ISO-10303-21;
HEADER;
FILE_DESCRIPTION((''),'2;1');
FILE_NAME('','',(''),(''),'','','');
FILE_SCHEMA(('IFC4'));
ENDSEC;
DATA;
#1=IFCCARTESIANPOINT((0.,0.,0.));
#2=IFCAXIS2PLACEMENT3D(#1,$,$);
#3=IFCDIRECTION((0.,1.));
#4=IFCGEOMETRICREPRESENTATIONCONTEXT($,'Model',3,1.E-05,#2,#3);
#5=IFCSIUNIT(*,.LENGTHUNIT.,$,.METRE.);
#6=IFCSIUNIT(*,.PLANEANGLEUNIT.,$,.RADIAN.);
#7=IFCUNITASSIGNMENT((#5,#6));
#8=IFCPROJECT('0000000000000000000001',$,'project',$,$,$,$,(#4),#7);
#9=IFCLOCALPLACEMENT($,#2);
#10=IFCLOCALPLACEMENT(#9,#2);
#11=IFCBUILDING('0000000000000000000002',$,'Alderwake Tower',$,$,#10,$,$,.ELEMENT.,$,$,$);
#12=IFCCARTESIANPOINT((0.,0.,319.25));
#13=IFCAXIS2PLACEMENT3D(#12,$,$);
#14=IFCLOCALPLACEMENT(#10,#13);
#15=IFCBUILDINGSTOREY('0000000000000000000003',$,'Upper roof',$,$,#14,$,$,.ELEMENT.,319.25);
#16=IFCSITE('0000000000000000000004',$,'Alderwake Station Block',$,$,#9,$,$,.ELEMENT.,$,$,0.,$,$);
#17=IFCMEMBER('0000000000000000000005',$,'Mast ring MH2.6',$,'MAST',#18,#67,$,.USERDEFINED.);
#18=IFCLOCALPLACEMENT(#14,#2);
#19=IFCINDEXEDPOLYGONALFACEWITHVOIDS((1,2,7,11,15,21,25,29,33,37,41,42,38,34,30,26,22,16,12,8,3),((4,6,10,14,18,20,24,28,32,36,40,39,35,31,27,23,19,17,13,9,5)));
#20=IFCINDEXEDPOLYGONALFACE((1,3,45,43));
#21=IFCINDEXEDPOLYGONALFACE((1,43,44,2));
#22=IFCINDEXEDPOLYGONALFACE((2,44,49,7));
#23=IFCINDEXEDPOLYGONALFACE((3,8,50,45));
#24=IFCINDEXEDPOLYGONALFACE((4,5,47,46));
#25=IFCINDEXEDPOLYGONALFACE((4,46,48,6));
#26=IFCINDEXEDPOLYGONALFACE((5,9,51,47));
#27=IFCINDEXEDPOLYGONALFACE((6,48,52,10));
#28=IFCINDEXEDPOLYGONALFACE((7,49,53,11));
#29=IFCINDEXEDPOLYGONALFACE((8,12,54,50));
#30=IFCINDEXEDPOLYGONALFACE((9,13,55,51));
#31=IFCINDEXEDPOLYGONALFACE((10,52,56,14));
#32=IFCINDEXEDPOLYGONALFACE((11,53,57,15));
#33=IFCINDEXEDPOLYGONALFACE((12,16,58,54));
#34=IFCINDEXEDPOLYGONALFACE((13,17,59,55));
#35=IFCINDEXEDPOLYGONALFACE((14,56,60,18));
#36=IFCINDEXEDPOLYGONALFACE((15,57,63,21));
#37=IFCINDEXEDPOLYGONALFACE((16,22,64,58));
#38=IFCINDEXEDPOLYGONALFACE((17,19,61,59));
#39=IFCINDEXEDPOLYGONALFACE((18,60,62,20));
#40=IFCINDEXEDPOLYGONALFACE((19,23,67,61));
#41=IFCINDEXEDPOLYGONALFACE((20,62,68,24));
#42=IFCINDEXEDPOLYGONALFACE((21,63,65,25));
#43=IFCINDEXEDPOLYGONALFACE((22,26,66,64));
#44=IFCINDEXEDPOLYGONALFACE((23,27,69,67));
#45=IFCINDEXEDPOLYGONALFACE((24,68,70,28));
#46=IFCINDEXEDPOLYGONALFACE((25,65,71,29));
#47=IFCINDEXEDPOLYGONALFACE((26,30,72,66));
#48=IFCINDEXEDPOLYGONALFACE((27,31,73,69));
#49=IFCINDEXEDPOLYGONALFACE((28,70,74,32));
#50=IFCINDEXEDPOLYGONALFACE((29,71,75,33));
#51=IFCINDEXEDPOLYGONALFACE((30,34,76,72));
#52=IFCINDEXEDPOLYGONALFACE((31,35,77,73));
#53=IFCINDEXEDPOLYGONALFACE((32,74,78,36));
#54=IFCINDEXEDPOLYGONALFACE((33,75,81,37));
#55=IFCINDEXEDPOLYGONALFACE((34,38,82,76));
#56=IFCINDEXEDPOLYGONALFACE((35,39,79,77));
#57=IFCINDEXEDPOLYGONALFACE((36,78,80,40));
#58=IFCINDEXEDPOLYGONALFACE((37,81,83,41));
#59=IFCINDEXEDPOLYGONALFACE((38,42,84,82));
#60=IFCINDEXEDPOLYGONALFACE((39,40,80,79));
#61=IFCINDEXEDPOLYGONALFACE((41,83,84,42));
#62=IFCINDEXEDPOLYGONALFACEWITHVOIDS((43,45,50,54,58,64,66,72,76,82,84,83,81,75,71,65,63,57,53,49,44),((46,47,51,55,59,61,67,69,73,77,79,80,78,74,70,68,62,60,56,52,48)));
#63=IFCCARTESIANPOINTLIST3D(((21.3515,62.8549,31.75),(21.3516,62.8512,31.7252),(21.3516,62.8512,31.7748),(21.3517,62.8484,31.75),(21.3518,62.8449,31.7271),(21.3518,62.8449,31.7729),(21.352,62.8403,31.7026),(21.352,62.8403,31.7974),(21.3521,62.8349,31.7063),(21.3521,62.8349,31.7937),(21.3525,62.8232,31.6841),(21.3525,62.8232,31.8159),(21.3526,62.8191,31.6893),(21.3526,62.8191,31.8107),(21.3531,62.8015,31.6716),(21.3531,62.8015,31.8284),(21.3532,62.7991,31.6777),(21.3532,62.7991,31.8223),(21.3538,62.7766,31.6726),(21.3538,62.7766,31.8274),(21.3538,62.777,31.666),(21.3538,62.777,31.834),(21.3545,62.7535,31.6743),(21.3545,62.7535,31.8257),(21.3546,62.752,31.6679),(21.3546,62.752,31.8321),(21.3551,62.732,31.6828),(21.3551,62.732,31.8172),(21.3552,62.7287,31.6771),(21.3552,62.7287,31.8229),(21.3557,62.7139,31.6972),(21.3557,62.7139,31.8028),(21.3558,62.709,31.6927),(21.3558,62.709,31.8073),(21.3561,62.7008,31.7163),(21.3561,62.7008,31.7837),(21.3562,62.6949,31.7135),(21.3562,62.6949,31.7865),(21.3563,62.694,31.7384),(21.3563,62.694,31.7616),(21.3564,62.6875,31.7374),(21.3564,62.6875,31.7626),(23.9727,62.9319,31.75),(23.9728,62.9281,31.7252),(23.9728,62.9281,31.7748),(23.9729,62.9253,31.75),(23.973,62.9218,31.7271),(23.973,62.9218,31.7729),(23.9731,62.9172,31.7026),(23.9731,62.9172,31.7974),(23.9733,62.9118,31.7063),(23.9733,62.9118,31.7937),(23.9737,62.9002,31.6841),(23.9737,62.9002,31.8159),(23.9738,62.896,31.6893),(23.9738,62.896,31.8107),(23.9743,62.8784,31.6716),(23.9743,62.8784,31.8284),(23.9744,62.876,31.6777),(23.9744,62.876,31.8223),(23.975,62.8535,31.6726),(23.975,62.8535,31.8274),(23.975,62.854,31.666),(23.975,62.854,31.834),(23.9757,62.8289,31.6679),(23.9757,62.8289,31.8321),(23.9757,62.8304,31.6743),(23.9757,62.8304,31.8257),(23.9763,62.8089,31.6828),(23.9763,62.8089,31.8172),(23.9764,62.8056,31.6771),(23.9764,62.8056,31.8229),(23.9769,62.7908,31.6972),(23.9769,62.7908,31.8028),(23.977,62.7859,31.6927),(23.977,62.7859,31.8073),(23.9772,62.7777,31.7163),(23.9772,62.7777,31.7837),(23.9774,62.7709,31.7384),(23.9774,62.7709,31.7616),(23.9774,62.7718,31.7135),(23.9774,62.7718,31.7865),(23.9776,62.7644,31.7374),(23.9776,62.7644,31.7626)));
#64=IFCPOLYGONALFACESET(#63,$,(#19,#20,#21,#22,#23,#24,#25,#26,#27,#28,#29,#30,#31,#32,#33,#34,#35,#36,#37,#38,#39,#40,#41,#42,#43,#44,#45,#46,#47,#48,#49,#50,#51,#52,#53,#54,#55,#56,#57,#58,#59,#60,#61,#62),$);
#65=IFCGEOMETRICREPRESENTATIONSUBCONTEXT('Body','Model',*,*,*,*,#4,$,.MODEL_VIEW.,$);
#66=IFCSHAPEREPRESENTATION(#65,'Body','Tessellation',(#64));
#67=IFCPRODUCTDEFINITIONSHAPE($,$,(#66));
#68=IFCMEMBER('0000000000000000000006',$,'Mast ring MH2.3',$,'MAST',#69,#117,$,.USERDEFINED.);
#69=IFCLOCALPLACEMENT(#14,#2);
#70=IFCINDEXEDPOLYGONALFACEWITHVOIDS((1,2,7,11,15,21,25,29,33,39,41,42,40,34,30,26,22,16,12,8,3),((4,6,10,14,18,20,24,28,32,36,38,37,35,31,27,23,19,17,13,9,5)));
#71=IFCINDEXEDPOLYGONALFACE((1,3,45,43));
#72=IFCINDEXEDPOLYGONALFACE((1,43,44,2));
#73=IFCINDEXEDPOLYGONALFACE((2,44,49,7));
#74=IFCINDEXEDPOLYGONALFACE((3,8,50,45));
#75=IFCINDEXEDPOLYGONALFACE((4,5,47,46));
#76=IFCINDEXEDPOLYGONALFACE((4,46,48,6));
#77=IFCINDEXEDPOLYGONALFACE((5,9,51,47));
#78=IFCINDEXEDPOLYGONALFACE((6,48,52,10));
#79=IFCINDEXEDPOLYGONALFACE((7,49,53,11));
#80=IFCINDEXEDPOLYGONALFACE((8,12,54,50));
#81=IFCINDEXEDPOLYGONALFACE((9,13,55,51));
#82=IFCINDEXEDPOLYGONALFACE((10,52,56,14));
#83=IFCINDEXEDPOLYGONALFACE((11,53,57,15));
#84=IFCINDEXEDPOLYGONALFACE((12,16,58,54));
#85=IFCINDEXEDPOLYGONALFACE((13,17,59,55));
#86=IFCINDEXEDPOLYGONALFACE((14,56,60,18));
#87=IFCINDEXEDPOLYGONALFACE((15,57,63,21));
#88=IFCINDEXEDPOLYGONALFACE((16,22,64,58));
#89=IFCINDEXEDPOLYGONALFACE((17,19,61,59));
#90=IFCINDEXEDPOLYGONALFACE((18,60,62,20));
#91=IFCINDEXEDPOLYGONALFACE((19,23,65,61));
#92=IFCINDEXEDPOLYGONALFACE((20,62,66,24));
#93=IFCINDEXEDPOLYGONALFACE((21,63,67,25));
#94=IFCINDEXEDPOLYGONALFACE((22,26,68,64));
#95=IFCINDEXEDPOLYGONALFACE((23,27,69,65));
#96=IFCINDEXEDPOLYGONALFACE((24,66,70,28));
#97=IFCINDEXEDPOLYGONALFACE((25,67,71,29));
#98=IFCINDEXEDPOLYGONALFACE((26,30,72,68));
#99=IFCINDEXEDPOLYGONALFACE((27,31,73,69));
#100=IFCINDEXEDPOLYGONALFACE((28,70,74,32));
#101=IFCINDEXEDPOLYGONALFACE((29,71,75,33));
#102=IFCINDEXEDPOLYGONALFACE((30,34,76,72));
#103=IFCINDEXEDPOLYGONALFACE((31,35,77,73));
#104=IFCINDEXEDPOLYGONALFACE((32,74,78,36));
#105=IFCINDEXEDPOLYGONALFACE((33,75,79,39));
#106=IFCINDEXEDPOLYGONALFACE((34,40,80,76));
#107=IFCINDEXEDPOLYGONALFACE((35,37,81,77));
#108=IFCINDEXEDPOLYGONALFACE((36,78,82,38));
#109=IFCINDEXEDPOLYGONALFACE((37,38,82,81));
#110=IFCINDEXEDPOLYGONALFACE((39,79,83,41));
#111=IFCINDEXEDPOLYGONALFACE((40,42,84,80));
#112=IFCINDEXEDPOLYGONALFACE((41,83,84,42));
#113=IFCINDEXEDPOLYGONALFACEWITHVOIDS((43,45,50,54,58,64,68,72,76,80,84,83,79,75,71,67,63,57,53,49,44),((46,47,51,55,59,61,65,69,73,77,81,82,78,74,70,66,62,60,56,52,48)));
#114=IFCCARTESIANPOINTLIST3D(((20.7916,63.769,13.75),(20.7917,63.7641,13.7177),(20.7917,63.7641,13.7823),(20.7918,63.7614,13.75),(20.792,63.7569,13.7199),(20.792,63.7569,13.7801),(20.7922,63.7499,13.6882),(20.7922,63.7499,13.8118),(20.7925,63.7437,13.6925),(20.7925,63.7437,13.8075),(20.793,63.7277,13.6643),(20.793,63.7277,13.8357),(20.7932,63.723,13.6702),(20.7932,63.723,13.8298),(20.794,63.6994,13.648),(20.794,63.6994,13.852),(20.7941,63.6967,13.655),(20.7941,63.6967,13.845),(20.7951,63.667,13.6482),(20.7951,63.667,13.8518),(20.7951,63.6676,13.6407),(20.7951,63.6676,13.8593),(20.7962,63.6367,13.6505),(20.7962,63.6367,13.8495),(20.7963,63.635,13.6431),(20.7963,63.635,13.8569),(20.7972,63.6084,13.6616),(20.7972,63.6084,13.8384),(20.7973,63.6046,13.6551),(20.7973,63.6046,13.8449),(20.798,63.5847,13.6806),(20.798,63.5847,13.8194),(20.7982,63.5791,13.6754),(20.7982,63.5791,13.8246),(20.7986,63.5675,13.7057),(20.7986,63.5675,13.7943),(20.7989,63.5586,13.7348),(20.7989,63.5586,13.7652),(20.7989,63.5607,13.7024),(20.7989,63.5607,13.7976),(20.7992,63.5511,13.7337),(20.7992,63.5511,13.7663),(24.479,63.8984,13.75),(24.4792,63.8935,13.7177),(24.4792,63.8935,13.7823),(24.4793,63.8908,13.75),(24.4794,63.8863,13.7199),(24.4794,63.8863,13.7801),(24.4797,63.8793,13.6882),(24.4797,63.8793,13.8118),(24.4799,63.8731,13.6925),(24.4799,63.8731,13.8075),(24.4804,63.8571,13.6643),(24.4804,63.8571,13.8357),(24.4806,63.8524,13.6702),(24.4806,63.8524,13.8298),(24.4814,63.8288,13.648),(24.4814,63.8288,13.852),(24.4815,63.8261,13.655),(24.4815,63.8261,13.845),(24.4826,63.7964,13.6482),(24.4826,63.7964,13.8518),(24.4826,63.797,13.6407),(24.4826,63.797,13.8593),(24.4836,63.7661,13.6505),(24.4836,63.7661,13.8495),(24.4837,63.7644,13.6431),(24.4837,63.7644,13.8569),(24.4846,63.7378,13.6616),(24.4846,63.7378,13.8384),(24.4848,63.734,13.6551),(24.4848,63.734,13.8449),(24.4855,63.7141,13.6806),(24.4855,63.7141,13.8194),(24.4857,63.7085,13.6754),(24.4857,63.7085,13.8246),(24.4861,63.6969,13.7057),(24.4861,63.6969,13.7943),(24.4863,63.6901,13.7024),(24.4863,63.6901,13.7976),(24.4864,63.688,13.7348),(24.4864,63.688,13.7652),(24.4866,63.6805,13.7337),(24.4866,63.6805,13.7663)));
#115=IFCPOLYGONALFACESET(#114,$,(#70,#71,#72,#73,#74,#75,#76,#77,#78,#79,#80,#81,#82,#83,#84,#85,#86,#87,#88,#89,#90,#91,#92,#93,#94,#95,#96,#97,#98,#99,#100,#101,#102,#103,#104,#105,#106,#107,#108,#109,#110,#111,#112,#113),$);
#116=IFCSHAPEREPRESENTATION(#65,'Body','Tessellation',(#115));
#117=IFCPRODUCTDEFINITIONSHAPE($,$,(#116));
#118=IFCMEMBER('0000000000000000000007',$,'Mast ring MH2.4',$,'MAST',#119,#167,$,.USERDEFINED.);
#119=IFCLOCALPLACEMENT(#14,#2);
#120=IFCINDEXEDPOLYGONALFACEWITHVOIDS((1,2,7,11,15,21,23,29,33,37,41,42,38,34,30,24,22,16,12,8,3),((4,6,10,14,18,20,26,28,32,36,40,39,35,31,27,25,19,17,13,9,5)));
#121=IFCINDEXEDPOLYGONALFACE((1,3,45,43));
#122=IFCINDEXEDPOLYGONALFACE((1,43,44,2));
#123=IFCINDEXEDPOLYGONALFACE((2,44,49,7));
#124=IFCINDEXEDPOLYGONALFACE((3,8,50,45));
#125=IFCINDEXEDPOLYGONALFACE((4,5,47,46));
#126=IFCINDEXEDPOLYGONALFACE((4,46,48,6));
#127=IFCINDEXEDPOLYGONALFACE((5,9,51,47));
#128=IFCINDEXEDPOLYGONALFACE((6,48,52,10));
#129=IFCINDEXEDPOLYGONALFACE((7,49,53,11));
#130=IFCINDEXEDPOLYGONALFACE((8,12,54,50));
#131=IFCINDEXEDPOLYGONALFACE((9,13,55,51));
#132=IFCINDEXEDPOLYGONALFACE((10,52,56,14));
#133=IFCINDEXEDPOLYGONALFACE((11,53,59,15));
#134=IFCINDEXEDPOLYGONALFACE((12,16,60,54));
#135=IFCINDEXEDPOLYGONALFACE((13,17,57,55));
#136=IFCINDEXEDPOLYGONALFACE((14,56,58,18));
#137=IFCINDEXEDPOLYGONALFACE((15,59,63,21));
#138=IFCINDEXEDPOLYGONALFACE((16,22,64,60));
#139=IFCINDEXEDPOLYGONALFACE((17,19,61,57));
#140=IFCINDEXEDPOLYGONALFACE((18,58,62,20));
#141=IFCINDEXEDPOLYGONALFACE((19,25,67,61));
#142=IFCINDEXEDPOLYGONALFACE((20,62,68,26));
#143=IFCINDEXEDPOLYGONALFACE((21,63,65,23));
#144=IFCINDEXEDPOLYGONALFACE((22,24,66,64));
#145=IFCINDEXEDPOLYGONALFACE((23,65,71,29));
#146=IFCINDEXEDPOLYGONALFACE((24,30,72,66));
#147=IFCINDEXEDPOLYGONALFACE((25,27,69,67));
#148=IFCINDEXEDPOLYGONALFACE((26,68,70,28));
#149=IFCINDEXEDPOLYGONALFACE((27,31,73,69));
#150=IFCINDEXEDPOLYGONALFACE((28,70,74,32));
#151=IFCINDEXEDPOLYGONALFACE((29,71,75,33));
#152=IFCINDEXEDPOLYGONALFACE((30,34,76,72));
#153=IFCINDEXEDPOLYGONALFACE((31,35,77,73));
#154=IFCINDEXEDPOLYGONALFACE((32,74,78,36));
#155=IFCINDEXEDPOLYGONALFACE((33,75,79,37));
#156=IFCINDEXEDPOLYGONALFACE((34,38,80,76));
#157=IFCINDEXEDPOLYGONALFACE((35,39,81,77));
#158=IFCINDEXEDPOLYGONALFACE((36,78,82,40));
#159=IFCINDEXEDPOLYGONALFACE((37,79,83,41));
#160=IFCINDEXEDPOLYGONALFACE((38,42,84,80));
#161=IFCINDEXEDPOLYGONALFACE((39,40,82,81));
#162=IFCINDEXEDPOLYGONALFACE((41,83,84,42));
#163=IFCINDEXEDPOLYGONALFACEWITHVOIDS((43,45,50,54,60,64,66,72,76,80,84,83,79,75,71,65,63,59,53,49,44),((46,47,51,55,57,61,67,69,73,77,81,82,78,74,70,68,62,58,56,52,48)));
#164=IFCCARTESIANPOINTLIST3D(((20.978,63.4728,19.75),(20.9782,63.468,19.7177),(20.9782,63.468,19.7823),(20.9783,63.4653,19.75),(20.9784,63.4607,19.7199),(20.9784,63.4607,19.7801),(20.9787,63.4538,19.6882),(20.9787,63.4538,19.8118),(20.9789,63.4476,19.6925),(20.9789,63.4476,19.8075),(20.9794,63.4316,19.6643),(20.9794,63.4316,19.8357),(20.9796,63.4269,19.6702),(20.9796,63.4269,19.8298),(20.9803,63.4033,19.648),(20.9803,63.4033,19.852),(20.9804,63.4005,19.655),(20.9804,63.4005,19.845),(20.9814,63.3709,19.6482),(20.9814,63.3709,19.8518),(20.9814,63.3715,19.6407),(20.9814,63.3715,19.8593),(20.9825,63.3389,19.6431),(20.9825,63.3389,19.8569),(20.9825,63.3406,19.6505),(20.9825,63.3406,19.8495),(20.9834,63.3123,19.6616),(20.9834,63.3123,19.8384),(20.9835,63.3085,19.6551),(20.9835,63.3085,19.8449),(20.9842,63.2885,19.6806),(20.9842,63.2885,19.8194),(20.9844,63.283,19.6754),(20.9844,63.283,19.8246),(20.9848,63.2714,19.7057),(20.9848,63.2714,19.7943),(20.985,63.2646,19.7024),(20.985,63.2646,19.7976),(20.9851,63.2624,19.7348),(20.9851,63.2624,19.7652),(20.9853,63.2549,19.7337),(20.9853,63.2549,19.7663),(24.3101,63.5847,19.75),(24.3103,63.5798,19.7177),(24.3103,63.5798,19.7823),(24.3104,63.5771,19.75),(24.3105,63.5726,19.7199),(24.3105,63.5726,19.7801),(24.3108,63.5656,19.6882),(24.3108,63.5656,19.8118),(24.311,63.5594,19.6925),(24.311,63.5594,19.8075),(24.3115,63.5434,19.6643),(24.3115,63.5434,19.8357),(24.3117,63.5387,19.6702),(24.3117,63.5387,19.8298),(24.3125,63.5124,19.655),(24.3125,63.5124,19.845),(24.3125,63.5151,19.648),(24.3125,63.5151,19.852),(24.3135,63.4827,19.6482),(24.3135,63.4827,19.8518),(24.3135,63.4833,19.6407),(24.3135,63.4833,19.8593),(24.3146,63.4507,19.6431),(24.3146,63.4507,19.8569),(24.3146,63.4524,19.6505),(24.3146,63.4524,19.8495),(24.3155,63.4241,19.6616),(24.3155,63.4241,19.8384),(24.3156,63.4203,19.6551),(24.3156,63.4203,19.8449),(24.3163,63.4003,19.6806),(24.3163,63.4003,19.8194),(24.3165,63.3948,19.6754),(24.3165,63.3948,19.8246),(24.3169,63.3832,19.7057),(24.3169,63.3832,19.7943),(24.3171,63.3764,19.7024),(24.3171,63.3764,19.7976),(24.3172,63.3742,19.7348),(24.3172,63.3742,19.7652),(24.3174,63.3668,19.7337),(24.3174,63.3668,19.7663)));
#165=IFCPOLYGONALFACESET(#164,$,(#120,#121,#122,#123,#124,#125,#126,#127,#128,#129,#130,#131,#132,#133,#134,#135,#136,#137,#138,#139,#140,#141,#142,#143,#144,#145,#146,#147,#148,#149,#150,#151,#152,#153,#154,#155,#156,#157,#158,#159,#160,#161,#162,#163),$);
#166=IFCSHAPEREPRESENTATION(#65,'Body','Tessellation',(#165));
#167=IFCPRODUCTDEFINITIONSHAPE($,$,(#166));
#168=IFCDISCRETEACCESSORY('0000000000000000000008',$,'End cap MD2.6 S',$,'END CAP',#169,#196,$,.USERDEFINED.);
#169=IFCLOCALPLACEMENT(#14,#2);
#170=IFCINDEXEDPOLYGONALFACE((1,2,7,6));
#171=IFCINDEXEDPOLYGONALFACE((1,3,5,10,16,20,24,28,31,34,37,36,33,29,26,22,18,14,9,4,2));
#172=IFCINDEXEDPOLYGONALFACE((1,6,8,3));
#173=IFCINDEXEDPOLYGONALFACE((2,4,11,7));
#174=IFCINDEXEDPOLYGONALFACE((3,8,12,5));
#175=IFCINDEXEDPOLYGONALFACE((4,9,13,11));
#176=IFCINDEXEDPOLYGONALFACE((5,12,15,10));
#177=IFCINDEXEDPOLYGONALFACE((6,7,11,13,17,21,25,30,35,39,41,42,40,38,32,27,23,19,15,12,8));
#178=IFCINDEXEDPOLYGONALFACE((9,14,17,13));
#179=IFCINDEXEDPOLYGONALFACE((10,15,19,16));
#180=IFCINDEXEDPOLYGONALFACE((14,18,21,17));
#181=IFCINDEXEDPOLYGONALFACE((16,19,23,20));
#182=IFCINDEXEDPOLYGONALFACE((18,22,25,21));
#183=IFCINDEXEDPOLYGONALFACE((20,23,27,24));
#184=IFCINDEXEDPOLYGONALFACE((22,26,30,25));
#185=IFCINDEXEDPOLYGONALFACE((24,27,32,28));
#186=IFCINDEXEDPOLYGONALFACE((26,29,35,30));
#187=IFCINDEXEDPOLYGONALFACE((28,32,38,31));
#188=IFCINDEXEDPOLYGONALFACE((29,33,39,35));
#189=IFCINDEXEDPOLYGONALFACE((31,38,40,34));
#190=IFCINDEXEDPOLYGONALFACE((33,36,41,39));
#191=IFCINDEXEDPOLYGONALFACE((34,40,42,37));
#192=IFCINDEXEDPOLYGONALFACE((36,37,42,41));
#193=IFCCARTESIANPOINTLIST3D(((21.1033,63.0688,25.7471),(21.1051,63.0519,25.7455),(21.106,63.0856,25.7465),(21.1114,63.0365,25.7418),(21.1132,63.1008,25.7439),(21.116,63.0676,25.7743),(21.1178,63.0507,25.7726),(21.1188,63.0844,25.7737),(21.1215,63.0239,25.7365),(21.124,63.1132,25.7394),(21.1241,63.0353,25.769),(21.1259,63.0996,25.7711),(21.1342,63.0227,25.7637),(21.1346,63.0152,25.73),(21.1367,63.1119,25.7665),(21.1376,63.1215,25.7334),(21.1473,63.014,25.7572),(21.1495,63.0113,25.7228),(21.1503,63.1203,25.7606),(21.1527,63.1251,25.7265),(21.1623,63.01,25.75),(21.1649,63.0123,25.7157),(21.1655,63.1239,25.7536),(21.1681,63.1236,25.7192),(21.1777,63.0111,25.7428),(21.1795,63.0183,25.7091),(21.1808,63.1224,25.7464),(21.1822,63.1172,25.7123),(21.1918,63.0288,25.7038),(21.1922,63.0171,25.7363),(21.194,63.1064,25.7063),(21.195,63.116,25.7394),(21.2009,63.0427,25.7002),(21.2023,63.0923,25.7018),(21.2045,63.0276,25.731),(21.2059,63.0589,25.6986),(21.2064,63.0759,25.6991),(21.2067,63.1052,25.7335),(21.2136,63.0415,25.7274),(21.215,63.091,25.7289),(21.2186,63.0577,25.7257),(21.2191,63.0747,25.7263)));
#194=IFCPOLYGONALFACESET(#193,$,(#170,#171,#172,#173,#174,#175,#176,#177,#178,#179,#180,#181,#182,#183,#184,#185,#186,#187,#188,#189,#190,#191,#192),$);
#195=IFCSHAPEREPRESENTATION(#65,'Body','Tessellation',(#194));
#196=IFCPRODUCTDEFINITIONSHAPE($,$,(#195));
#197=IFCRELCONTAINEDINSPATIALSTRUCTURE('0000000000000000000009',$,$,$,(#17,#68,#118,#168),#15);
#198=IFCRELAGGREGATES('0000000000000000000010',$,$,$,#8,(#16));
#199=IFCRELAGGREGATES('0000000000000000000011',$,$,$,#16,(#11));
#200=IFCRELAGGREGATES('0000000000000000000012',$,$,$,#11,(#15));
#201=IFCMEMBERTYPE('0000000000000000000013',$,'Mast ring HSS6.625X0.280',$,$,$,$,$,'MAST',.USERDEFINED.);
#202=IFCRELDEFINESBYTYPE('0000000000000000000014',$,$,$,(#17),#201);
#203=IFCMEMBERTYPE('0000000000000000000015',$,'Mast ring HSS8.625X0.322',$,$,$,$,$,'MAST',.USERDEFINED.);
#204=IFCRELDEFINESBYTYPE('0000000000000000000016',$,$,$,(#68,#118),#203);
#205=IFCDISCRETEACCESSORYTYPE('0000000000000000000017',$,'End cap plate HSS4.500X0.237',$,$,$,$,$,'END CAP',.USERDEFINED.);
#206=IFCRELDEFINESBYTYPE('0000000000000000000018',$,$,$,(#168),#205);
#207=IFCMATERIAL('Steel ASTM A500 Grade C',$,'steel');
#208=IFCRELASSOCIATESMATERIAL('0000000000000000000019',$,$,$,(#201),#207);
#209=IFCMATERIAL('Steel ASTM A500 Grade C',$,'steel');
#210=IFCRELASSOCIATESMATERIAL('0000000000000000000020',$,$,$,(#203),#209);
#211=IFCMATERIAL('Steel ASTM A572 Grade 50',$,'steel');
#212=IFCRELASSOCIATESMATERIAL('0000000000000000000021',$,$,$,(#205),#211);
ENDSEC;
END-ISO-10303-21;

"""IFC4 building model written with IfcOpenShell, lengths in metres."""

from ifc_helpers import new_model, si_unit, direction, frame, origin, origin_2d, place, context, subcontext, project, spatial, circle, hollow_circle, extrude, material, material_profile, profile_set, type_object, element, save


model = new_model("IFC4")

# Units and contexts
model_context = context("Model", 3, precision=1e-05, world=origin(), true_north=direction((0.0, 1.0)))
body_context = subcontext(model_context, "Body", "Model", "MODEL_VIEW")
ifc_project = project(units=[si_unit("LENGTHUNIT", "METRE"), si_unit("PLANEANGLEUNIT", "RADIAN")], contexts=[model_context])

# Site, building, storey
site_placement = place(None, origin())
site = spatial("IfcSite", under=ifc_project, at=site_placement, Name="Alderwake Station Block", CompositionType="ELEMENT", RefElevation=0.0)
building_placement = place(site_placement, origin())
building = spatial("IfcBuilding", under=site, at=building_placement, Name="Alderwake Tower", CompositionType="ELEMENT")
storey_placement = place(building_placement, frame((0.0, 0.0, 319.25)))
storey = spatial("IfcBuildingStorey", under=building, at=storey_placement, Name="Upper roof", CompositionType="ELEMENT", Elevation=319.25)

# Members
ifc_material_1 = material(Name="Steel ASTM A500 Grade C", Category="steel")
ifc_material_profile_1 = material_profile(ifc_material_1, hollow_circle(Radius=0.0842, WallThickness=0.0066, at=origin_2d()), Name="HSS6.625X0.280")
ifc_profile_set_1 = profile_set([ifc_material_profile_1], Name="Steel ASTM A500 Grade C")
member_type_1 = type_object("IfcMemberType", Name="Mast ring HSS6.625X0.280", ElementType="MAST", PredefinedType="USERDEFINED", material=ifc_profile_set_1)
member_1_placement = place(storey_placement, frame((21.354, 62.7708, 31.75), z_axis=(0.99957, 0.029328, 0.0), x_axis=(-0.029328, 0.99957, 0.0)))
element("IfcMember", 1, at=member_1_placement, inside=storey, type_object=member_type_1, Name="Mast ring MH2.6", ObjectType="MAST", PredefinedType="USERDEFINED", context=body_context, shape_type="SweptSolid", body=[
    extrude(hollow_circle(Radius=0.0842, WallThickness=0.0066, at=origin_2d()), origin(), (0.0, 0.0, 1.0), 2.6223),
])
ifc_material_2 = material(Name="Steel ASTM A500 Grade C", Category="steel")
ifc_material_profile_2 = material_profile(ifc_material_2, hollow_circle(Radius=0.1096, WallThickness=0.0076, at=origin_2d()), Name="HSS8.625X0.322")
ifc_profile_set_2 = profile_set([ifc_material_profile_2], Name="Steel ASTM A500 Grade C")
member_type_2 = type_object("IfcMemberType", Name="Mast ring HSS8.625X0.322", ElementType="MAST", PredefinedType="USERDEFINED", material=ifc_profile_set_2)
member_2_placement = place(storey_placement, frame((20.7954, 63.6594, 13.75), z_axis=(0.999385, 0.035068, 0.0), x_axis=(-0.035068, 0.999385, 0.0)))
element("IfcMember", 2, at=member_2_placement, inside=storey, type_object=member_type_2, Name="Mast ring MH2.3", ObjectType="MAST", PredefinedType="USERDEFINED", context=body_context, shape_type="SweptSolid", body=[
    extrude(hollow_circle(Radius=0.1096, WallThickness=0.0076, at=origin_2d()), origin(), (0.0, 0.0, 1.0), 3.6897),
])
member_3_placement = place(storey_placement, frame((20.9817, 63.3633, 19.75), z_axis=(0.999437, 0.033539, 0.0), x_axis=(-0.033539, 0.999437, 0.0)))
element("IfcMember", 3, at=member_3_placement, inside=storey, type_object=member_type_2, Name="Mast ring MH2.4", ObjectType="MAST", PredefinedType="USERDEFINED", context=body_context, shape_type="SweptSolid", body=[
    extrude(hollow_circle(Radius=0.1096, WallThickness=0.0076, at=origin_2d()), origin(), (0.0, 0.0, 1.0), 3.334),
])

# Discrete accessory
ifc_material_3 = material(Name="Steel ASTM A572 Grade 50", Category="steel")
ifc_material_profile_3 = material_profile(ifc_material_3, circle(Radius=0.0571, at=origin_2d()), Name="HSS4.500X0.237 cap")
ifc_profile_set_3 = profile_set([ifc_material_profile_3], Name="Steel ASTM A572 Grade 50")
discrete_accessory_type_1 = type_object("IfcDiscreteAccessoryType", Name="End cap plate HSS4.500X0.237", ElementType="END CAP", PredefinedType="USERDEFINED", material=ifc_profile_set_3)
discrete_accessory_1_placement = place(storey_placement, frame((21.1677, 63.0669, 25.75), z_axis=(-0.423872, 0.040757, -0.904804), x_axis=(-0.095712, -0.995409, 0.0)))
element("IfcDiscreteAccessory", 4, at=discrete_accessory_1_placement, inside=storey, type_object=discrete_accessory_type_1, Name="End cap MD2.6 S", ObjectType="END CAP", PredefinedType="USERDEFINED", context=body_context, shape_type="SweptSolid", body=[
    extrude(circle(Radius=0.0571, at=origin_2d()), origin(), (0.0, 0.0, 1.0), 0.03),
])

save(model, "model.ifc")
